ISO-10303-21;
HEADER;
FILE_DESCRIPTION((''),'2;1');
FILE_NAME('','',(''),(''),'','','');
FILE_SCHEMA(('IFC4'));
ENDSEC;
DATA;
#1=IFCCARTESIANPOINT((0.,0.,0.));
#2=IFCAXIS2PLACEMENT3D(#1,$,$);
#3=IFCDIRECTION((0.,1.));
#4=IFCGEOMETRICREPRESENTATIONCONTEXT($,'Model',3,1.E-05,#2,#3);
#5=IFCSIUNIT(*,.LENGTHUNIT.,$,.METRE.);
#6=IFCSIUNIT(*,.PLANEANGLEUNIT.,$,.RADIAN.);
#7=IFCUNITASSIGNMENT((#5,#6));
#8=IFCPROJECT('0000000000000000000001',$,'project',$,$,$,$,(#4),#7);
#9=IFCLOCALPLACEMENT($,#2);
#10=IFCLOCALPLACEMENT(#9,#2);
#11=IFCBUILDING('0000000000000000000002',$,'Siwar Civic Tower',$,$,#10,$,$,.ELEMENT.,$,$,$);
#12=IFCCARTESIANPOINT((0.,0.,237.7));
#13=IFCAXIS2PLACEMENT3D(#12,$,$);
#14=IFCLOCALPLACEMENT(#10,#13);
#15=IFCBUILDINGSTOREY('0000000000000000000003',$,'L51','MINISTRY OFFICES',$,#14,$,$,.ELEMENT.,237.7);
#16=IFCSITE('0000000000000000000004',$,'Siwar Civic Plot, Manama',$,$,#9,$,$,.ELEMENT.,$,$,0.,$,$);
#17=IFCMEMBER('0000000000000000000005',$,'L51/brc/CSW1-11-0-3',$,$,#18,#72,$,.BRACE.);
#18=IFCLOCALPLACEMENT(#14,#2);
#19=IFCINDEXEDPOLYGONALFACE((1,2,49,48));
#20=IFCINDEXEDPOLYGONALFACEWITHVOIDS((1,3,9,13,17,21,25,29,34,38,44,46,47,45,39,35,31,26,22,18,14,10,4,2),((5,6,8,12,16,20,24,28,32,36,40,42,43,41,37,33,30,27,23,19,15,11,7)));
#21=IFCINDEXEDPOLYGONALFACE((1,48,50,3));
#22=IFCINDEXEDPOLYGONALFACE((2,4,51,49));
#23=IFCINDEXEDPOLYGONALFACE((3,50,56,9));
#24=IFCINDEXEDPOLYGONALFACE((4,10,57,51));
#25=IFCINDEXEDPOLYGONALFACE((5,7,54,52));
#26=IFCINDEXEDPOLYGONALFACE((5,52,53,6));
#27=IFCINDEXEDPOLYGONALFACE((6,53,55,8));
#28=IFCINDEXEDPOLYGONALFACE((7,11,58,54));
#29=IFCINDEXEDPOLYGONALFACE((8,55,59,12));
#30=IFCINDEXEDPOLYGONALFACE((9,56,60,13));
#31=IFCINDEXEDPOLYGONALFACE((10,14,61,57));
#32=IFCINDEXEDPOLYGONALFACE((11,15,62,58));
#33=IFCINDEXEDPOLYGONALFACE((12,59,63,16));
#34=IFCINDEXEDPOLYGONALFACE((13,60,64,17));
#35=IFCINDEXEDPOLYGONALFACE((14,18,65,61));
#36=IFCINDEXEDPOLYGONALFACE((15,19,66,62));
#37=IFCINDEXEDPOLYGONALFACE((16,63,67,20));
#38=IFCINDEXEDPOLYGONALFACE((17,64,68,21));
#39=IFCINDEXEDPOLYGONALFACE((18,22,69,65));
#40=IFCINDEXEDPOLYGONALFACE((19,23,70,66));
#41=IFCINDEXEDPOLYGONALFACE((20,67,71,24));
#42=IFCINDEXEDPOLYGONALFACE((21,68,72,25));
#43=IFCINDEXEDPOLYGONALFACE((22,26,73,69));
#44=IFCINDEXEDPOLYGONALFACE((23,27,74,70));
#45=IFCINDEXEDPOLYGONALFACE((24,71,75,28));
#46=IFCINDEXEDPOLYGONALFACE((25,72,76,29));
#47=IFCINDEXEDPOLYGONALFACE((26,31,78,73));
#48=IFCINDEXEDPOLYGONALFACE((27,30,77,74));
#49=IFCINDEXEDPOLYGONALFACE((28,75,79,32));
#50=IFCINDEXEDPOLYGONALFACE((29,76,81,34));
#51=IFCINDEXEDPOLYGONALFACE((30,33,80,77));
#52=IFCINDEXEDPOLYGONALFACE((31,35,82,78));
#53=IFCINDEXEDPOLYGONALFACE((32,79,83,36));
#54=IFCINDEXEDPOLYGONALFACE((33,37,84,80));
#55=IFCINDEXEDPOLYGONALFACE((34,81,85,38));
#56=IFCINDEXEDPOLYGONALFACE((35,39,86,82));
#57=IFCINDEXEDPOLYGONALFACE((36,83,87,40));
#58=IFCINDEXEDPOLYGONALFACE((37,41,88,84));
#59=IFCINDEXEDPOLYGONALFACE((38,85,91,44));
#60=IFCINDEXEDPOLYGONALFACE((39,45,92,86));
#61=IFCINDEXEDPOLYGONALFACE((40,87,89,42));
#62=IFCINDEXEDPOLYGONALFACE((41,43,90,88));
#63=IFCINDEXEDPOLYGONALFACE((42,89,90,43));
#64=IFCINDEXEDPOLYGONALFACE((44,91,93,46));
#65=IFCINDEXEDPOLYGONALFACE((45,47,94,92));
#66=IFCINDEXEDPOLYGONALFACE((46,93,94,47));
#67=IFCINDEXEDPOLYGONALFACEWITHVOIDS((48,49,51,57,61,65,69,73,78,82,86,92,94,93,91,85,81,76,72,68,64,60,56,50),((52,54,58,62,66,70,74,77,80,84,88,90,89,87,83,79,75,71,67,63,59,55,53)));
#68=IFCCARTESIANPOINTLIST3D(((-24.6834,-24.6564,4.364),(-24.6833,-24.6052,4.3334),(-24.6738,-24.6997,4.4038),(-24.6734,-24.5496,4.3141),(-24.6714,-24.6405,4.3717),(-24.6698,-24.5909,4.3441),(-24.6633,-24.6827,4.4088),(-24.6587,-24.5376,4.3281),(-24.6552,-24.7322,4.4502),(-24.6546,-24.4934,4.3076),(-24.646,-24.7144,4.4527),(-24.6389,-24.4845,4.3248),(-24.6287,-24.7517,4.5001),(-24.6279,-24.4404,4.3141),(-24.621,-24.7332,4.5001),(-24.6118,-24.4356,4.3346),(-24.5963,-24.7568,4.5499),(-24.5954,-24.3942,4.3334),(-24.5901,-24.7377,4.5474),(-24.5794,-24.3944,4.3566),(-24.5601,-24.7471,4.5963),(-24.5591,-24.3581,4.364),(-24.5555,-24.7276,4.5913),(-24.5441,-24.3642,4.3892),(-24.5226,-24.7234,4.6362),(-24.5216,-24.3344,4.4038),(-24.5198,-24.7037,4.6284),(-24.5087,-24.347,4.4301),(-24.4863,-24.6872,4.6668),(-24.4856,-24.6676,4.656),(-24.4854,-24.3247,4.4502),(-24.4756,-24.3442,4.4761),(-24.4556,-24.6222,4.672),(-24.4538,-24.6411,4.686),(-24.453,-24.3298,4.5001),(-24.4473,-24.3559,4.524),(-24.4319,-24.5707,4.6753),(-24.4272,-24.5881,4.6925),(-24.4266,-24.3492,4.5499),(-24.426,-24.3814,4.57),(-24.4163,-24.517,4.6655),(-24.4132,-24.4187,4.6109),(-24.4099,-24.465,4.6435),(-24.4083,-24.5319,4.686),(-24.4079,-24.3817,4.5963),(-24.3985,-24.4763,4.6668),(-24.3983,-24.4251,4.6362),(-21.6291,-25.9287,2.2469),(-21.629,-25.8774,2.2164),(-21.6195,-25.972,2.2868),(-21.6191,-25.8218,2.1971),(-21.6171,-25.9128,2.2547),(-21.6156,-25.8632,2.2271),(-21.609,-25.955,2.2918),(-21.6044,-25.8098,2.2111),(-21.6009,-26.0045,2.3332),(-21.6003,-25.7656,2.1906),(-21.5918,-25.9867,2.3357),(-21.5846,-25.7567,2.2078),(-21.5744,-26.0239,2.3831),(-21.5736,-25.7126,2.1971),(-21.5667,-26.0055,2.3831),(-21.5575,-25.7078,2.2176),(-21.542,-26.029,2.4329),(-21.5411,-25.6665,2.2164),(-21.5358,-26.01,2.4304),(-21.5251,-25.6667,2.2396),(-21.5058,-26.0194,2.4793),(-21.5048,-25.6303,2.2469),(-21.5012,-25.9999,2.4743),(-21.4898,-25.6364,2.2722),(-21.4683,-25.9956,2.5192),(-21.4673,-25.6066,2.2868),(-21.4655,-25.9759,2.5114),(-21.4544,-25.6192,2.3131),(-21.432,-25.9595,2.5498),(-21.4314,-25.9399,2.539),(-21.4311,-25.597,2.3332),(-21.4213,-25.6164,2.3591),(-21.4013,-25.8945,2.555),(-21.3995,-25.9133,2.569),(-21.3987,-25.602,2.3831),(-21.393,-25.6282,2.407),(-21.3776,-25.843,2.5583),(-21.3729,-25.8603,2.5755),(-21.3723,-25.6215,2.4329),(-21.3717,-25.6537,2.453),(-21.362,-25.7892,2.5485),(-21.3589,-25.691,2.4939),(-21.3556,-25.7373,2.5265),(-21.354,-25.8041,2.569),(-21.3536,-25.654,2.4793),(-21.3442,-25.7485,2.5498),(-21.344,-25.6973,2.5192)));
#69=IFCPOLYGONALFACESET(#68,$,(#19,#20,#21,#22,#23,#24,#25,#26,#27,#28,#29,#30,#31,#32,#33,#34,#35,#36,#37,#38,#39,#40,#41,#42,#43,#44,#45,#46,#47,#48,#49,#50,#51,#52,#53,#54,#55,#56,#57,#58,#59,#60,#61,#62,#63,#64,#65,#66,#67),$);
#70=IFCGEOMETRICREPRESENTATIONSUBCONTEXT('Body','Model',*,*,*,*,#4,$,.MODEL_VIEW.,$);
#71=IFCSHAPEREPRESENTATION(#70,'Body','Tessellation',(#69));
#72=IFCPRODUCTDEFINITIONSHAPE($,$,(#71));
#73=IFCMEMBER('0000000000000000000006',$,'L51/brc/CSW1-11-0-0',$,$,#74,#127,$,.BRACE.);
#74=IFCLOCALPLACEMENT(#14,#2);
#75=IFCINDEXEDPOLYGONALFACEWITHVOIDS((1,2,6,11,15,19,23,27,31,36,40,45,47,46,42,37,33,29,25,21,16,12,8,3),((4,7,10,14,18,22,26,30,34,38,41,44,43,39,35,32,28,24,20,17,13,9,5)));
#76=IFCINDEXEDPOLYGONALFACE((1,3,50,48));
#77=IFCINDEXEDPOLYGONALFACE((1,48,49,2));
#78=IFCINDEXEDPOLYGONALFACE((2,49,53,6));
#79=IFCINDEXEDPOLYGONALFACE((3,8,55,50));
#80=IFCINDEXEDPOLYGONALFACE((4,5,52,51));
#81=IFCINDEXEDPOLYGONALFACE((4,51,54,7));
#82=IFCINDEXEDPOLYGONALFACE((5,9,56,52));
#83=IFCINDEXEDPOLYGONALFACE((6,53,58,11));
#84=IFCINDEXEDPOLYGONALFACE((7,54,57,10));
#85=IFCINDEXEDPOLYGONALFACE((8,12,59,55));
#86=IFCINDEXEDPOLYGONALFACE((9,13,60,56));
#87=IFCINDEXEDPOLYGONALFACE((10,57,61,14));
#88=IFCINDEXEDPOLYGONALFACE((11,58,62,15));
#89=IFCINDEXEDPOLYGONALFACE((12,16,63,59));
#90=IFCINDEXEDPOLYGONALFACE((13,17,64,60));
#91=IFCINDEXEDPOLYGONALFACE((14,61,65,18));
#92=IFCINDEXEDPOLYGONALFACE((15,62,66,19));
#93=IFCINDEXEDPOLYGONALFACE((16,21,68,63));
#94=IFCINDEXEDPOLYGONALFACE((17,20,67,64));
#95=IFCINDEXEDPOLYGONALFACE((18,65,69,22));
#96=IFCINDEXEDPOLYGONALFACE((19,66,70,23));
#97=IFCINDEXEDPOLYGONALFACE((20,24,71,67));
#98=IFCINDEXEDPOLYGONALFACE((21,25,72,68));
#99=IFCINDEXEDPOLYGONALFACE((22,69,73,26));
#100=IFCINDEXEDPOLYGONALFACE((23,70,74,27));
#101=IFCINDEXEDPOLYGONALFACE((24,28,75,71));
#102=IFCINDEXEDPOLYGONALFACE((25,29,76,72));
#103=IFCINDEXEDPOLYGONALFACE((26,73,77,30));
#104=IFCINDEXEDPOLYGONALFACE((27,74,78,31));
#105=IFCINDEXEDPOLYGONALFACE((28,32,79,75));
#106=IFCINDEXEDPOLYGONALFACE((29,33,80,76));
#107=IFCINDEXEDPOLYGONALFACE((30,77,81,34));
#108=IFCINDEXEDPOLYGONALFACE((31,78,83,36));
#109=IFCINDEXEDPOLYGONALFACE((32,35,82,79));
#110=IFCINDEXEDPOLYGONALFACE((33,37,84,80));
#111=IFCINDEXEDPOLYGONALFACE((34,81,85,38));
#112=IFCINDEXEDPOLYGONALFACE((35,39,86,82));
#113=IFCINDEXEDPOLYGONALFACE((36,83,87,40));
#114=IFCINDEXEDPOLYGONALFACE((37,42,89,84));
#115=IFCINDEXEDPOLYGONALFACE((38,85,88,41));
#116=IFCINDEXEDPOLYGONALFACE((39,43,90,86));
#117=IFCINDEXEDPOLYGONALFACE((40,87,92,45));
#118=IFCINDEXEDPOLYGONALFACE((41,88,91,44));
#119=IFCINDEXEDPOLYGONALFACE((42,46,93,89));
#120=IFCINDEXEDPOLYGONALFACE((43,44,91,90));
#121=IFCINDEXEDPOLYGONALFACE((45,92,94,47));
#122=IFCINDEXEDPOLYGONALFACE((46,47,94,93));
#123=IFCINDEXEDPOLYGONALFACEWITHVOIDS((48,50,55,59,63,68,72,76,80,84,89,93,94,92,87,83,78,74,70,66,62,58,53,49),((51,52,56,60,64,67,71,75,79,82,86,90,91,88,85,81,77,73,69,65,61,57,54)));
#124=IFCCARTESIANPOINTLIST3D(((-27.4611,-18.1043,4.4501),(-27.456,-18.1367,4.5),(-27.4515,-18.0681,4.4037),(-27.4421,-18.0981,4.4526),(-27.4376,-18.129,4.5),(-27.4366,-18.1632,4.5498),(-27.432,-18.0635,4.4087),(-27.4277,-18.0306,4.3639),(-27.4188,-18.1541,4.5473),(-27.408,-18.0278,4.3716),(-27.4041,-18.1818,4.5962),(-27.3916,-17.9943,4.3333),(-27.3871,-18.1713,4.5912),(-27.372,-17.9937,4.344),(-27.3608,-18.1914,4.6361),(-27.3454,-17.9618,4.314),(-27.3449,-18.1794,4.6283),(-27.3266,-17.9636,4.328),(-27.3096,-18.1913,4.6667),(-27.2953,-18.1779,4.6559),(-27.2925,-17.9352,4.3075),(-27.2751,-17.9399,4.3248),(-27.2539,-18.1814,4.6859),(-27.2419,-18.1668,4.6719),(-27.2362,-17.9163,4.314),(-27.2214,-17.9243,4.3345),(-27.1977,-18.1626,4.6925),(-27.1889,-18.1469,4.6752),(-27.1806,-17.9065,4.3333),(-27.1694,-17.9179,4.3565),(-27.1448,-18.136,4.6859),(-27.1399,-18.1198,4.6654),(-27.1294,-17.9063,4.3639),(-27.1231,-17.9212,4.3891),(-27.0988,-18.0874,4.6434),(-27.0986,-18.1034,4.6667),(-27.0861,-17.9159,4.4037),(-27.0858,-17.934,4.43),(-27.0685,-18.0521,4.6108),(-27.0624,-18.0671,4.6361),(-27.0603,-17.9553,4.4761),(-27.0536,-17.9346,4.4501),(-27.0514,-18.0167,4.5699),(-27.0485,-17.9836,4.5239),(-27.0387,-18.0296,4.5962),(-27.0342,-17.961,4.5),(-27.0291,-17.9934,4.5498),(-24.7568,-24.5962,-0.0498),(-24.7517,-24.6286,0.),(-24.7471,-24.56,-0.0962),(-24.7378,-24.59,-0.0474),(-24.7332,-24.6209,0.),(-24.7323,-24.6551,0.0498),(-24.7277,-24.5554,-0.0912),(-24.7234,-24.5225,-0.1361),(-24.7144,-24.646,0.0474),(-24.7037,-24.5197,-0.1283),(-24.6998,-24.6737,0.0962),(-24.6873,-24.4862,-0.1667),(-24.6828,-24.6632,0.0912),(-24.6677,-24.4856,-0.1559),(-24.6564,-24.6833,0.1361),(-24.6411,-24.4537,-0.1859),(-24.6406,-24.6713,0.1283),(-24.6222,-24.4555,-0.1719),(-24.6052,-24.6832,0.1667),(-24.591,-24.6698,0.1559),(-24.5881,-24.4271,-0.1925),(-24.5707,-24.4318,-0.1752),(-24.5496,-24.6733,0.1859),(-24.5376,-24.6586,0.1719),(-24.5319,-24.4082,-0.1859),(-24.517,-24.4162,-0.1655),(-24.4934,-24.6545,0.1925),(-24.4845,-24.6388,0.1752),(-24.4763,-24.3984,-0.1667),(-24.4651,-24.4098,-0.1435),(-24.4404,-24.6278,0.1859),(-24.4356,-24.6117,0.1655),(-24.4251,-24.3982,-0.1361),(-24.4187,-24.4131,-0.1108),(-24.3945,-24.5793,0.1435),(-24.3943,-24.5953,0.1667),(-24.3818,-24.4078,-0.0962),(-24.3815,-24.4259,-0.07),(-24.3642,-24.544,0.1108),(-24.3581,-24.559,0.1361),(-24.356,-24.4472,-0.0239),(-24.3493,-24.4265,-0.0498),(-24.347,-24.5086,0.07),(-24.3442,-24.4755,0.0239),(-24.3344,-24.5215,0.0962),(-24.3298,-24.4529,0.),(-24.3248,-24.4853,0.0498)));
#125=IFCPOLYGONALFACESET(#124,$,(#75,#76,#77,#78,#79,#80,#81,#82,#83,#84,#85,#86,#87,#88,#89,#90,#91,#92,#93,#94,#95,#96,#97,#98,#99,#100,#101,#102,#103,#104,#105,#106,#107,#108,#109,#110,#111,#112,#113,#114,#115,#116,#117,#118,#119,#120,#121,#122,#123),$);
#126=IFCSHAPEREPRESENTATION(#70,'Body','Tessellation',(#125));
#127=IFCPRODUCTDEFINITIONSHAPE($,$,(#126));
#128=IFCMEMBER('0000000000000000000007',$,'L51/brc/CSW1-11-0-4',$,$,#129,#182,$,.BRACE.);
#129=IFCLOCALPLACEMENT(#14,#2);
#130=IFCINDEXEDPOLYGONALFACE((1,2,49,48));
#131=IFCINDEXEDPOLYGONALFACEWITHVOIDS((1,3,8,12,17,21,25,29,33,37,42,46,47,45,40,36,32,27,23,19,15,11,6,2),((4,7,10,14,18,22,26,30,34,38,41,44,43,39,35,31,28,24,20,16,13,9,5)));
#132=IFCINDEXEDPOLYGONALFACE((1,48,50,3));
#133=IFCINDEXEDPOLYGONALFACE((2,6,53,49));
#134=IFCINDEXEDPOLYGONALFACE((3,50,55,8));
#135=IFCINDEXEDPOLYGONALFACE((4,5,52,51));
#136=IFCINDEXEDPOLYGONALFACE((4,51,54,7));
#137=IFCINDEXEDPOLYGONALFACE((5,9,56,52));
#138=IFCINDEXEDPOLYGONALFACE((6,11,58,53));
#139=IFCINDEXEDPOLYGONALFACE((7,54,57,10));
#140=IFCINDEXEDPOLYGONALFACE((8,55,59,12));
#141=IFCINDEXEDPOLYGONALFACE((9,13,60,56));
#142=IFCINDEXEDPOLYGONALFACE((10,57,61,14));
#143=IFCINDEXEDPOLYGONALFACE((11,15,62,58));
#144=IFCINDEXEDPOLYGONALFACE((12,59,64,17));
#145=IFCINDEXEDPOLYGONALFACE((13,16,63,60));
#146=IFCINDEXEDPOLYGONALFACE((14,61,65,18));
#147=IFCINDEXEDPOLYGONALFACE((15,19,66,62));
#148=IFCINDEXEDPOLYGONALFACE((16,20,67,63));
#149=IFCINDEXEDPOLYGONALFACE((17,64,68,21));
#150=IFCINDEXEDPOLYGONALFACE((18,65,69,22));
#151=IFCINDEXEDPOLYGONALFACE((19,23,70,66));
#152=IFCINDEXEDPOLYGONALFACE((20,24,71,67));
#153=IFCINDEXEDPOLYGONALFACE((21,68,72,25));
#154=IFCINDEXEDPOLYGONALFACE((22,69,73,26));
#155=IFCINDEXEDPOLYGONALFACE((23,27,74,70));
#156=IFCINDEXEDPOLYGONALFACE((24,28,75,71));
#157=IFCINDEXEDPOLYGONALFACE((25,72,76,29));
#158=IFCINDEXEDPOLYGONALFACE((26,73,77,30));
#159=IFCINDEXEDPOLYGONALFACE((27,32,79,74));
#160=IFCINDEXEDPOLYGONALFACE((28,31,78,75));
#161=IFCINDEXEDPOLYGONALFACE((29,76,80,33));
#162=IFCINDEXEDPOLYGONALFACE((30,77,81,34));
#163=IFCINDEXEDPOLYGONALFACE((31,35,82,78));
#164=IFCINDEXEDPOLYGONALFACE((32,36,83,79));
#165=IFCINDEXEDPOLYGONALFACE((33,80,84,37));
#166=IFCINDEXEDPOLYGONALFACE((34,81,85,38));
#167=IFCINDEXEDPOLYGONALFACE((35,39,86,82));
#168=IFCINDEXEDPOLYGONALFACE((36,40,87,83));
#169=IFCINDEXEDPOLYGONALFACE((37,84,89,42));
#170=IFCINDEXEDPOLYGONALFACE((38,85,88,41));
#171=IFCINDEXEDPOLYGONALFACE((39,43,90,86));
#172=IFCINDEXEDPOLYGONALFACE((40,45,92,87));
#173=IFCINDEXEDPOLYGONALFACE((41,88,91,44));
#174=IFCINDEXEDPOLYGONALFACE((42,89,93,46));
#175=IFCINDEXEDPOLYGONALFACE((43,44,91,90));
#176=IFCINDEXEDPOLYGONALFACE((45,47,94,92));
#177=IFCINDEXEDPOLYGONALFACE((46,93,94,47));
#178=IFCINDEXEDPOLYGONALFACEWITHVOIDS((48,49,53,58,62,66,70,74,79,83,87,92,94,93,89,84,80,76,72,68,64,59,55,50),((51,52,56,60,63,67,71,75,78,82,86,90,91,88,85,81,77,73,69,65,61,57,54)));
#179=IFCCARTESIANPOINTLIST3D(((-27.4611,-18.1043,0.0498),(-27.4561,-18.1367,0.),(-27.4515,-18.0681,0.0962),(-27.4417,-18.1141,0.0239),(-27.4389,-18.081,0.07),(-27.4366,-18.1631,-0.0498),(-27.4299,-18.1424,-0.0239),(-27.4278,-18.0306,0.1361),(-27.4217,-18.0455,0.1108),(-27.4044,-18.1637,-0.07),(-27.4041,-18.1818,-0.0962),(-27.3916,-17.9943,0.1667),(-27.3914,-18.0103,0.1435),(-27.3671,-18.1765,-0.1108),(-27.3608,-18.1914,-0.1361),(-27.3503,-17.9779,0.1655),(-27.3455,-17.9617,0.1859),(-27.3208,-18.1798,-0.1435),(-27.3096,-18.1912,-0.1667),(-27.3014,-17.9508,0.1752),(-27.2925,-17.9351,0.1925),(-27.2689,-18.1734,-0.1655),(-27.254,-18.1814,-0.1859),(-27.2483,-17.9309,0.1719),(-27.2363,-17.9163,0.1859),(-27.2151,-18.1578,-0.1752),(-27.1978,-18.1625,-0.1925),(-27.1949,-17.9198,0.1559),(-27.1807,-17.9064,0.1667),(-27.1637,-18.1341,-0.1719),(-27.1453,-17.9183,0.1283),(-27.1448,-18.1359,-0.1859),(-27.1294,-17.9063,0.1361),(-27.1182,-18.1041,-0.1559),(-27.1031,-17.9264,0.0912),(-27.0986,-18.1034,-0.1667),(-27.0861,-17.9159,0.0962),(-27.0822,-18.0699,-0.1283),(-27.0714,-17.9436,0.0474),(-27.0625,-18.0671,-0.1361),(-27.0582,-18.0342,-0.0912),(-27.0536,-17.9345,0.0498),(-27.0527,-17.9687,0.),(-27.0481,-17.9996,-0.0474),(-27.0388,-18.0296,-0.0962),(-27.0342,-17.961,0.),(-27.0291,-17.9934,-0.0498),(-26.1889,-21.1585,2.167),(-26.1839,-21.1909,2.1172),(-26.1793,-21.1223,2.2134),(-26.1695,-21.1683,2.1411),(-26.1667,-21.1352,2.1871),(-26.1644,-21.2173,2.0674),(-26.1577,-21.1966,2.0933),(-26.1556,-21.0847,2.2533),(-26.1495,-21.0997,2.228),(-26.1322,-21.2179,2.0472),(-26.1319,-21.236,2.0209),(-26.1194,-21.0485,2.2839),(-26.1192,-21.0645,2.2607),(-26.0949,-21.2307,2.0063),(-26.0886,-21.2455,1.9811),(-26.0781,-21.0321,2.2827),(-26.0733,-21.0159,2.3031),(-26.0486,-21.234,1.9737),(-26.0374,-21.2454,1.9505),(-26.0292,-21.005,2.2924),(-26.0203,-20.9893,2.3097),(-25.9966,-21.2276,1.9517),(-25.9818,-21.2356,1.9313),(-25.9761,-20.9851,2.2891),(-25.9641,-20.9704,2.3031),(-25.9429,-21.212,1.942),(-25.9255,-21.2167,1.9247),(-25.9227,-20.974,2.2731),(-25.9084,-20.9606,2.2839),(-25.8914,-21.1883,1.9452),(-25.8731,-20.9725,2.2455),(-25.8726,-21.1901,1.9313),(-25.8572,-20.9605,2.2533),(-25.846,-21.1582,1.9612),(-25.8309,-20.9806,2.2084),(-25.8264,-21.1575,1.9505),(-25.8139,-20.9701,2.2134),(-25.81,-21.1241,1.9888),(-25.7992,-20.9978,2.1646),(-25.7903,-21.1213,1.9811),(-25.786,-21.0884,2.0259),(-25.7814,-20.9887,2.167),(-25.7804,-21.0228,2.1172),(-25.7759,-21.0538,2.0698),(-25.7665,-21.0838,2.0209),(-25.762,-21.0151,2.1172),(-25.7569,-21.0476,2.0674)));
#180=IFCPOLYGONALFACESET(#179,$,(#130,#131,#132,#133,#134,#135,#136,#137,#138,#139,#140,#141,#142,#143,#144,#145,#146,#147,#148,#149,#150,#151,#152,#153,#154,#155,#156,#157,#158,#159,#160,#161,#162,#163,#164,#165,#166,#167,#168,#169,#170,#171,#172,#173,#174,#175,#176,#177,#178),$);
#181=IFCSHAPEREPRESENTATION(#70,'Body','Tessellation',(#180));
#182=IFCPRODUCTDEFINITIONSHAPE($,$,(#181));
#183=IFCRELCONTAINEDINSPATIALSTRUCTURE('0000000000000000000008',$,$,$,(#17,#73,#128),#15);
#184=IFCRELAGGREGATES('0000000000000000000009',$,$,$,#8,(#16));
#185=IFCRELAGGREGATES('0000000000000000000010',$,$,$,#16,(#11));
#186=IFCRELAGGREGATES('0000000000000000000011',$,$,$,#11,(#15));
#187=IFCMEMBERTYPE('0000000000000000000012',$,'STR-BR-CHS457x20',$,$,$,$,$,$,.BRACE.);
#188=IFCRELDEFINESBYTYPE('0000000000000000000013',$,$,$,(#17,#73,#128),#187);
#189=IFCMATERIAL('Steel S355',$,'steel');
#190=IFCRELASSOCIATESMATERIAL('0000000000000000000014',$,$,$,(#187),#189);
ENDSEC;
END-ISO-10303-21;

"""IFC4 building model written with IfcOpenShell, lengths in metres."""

from ifc_helpers import new_model, si_unit, direction, frame, origin, origin_2d, place, context, subcontext, project, spatial, hollow_circle, extrude, material, material_profile, profile_set, type_object, element, save


model = new_model("IFC4")

# Units and contexts
model_context = context("Model", 3, precision=1e-05, world=origin(), true_north=direction((0.0, 1.0)))
body_context = subcontext(model_context, "Body", "Model", "MODEL_VIEW")
ifc_project = project(units=[si_unit("LENGTHUNIT", "METRE"), si_unit("PLANEANGLEUNIT", "RADIAN")], contexts=[model_context])

# Site, building, storey
site_placement = place(None, origin())
site = spatial("IfcSite", under=ifc_project, at=site_placement, Name="Siwar Civic Plot, Manama", CompositionType="ELEMENT", RefElevation=0.0)
building_placement = place(site_placement, origin())
building = spatial("IfcBuilding", under=site, at=building_placement, Name="Siwar Civic Tower", CompositionType="ELEMENT")
storey_placement = place(building_placement, frame((0.0, 0.0, 237.7)))
storey = spatial("IfcBuildingStorey", under=building, at=storey_placement, Name="L51", Description="MINISTRY OFFICES", CompositionType="ELEMENT", Elevation=237.7)

# Members
ifc_material_1 = material(Name="Steel S355", Category="steel")
ifc_material_profile_1 = material_profile(ifc_material_1, hollow_circle(Radius=0.2285, WallThickness=0.02, at=origin_2d()), Name="CHS457x20")
ifc_profile_set_1 = profile_set([ifc_material_profile_1], Name="Steel S355")
member_type_1 = type_object("IfcMemberType", Name="STR-BR-CHS457x20", PredefinedType="BRACE", material=ifc_profile_set_1)
for number, where, z_axis, x_axis, name in (
    (1, (-21.4866, -25.813, 2.3831), (-0.777572, 0.323895, 0.538955), (-0.384521, -0.923116, 0.0), "L51/brc/CSW1-11-0-3"),
):
    element("IfcMember", number, at=place(storey_placement, frame(where, z_axis=z_axis, x_axis=x_axis)), inside=storey, type_object=member_type_1, Name=name, PredefinedType="BRACE", context=body_context, shape_type="SweptSolid", body=[
        extrude(hollow_circle(Radius=0.2285, WallThickness=0.02, at=origin_2d()), origin(), (0.0, 0.0, 1.0), 3.928),
    ])
member_1_placement = place(storey_placement, frame((-24.5408, -24.5408, 0.0), z_axis=(-0.323906, 0.777555, 0.538975), x_axis=(-0.923109, -0.384539, 0.0)))
element("IfcMember", 2, at=member_1_placement, inside=storey, type_object=member_type_1, Name="L51/brc/CSW1-11-0-0", PredefinedType="BRACE", context=body_context, shape_type="SweptSolid", body=[
    extrude(hollow_circle(Radius=0.2285, WallThickness=0.02, at=origin_2d()), origin(), (0.0, 0.0, 1.0), 8.3491),
])
for number, where, z_axis, x_axis, name in (
    (3, (-27.2451, -18.0488, 0.0), (0.323884, -0.777546, 0.538999), (0.923116, 0.384521, 0.0), "L51/brc/CSW1-11-0-4"),
):
    element("IfcMember", number, at=place(storey_placement, frame(where, z_axis=z_axis, x_axis=x_axis)), inside=storey, type_object=member_type_1, Name=name, PredefinedType="BRACE", context=body_context, shape_type="SweptSolid", body=[
        extrude(hollow_circle(Radius=0.2285, WallThickness=0.02, at=origin_2d()), origin(), (0.0, 0.0, 1.0), 3.928),
    ])

save(model, "model.ifc")
